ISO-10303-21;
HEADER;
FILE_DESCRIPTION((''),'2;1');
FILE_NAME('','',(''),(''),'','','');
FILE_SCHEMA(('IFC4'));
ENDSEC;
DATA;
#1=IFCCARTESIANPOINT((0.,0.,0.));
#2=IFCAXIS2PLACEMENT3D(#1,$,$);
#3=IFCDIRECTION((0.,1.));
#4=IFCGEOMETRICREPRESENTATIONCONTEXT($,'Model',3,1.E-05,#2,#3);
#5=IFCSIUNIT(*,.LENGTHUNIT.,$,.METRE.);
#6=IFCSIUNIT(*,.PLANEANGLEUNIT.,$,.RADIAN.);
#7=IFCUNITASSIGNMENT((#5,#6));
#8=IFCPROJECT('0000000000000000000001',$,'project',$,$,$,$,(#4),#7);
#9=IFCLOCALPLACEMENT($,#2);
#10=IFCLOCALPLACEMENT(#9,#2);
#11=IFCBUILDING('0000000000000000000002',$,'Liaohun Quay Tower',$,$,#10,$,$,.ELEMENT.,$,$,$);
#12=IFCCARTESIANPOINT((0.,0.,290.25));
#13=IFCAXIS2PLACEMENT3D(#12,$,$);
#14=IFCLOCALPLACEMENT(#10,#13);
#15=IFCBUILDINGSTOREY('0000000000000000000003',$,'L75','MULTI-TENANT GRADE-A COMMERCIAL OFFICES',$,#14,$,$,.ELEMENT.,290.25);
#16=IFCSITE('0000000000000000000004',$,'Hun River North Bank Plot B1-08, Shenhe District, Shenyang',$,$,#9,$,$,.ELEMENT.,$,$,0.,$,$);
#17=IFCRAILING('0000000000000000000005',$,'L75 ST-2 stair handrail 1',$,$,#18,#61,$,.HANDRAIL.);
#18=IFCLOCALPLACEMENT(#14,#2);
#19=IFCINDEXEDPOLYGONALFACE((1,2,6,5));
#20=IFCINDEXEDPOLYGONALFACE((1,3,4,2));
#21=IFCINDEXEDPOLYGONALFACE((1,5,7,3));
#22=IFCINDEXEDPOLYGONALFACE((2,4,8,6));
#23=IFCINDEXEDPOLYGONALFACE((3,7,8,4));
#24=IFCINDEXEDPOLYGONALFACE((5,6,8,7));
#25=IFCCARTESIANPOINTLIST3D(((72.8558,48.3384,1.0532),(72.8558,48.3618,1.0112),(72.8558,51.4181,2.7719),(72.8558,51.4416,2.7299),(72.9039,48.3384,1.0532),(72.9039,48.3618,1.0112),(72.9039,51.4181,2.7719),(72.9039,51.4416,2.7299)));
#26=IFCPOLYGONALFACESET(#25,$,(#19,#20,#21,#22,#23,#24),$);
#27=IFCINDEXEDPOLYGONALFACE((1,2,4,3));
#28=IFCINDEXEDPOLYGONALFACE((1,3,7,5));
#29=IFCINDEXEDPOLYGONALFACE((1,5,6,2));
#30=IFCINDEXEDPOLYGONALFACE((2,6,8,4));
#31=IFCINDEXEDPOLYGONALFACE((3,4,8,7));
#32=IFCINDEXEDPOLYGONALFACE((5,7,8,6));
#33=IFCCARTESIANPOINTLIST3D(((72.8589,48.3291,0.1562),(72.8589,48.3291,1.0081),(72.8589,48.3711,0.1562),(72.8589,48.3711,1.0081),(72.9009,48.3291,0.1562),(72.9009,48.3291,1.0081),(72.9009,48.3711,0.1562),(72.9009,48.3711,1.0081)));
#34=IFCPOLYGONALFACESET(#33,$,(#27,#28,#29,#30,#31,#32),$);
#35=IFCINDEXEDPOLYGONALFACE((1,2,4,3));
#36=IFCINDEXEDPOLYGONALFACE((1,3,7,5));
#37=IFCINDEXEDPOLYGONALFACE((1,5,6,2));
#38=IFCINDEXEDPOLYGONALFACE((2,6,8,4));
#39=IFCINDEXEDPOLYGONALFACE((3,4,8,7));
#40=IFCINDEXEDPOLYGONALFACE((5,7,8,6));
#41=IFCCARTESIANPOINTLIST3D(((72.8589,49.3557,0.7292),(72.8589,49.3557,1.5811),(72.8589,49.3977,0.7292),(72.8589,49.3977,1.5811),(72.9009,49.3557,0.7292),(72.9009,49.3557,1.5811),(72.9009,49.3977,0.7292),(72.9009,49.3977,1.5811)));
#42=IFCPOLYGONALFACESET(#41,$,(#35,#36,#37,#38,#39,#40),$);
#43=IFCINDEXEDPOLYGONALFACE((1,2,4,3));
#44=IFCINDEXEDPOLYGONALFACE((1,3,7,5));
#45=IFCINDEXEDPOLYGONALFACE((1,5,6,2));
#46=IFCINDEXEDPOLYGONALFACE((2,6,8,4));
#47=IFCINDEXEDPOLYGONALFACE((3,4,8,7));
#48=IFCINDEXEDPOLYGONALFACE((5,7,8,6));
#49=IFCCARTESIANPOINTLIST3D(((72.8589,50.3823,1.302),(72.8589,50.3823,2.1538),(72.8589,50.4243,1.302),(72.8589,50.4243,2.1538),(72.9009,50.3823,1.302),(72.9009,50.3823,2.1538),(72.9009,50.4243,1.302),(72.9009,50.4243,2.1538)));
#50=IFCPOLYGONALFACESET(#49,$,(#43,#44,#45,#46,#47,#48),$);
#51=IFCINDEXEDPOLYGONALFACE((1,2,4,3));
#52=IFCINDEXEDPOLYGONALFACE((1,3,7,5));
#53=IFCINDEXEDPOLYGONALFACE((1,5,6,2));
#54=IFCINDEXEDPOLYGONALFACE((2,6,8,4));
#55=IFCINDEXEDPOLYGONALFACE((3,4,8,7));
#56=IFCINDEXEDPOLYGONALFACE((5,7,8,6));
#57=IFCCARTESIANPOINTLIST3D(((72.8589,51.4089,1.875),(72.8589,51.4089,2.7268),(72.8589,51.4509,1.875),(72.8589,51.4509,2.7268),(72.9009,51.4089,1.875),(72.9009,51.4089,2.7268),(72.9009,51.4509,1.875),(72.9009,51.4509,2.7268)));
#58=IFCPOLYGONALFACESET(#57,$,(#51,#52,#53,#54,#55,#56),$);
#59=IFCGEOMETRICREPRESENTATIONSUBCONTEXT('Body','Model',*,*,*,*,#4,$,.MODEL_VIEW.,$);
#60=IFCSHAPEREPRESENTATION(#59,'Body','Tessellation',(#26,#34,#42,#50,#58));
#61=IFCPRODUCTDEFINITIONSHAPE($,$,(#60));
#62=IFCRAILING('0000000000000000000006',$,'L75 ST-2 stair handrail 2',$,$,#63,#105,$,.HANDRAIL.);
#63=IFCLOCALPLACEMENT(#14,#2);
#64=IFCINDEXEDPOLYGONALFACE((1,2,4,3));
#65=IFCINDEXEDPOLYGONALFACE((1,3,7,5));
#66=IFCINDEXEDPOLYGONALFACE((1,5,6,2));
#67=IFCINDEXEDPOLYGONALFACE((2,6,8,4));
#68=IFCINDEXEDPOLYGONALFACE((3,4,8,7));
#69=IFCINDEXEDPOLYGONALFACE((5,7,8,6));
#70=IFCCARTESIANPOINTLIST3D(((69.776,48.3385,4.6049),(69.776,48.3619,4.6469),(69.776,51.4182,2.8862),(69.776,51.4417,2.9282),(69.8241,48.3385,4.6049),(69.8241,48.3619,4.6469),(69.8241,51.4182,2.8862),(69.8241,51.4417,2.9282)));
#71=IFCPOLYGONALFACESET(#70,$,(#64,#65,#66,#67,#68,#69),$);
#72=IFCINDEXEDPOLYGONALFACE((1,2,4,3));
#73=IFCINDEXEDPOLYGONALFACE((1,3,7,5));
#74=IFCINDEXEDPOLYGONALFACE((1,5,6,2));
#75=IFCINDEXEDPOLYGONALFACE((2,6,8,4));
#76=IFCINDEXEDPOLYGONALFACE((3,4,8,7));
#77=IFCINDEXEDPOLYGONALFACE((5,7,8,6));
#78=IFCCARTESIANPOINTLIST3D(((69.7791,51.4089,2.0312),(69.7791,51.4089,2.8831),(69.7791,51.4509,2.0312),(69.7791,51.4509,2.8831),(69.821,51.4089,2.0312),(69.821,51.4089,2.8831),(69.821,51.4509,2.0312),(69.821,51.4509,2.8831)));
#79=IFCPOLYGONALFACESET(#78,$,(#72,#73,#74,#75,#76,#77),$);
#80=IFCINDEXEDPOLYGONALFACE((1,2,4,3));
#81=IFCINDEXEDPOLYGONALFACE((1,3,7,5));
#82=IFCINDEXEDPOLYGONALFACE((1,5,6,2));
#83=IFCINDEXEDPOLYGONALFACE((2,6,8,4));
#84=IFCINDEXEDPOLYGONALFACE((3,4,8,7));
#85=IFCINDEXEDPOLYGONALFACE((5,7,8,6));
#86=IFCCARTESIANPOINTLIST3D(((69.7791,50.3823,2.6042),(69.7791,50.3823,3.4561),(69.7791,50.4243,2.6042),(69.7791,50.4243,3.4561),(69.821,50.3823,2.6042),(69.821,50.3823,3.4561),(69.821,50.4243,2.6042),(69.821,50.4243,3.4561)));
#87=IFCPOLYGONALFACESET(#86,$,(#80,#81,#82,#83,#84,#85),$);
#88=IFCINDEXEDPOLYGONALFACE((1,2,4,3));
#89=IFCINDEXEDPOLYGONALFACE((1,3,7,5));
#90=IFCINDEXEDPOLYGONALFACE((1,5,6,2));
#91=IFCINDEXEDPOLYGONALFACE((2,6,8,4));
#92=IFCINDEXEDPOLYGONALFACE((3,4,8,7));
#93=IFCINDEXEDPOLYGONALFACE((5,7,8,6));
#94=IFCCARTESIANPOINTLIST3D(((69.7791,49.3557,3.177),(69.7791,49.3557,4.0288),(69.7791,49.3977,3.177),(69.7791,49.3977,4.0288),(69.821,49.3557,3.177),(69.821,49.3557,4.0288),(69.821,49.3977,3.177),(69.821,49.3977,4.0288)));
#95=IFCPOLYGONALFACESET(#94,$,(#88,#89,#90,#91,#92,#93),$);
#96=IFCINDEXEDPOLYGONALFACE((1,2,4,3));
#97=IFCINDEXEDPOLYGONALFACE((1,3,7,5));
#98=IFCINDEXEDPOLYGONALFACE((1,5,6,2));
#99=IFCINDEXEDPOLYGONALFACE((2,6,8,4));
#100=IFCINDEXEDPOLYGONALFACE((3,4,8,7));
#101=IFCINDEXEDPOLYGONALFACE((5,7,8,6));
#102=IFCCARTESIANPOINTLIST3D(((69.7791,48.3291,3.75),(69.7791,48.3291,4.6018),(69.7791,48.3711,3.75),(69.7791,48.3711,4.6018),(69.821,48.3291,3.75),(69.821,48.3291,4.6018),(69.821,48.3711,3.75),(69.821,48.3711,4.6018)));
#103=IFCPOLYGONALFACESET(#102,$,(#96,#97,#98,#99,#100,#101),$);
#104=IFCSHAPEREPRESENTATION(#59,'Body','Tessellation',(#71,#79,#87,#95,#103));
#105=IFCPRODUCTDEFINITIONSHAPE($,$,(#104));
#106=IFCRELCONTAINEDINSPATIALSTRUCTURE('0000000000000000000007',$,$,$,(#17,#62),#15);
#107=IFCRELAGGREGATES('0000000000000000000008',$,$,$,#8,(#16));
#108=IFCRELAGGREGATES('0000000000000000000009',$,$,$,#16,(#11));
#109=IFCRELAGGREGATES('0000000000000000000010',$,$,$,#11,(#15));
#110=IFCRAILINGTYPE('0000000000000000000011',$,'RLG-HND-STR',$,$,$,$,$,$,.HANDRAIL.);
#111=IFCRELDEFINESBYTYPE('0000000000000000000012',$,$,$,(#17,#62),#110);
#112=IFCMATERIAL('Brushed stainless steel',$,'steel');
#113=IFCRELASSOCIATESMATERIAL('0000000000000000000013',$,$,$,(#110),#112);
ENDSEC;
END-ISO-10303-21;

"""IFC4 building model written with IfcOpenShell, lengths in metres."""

from ifc_helpers import new_model, si_unit, direction, frame, origin, origin_2d, place, context, subcontext, project, spatial, rectangle, extrude, material, type_object, element, save


model = new_model("IFC4")

# Units and contexts
model_context = context("Model", 3, precision=1e-05, world=origin(), true_north=direction((0.0, 1.0)))
body_context = subcontext(model_context, "Body", "Model", "MODEL_VIEW")
ifc_project = project(units=[si_unit("LENGTHUNIT", "METRE"), si_unit("PLANEANGLEUNIT", "RADIAN")], contexts=[model_context])

# Site, building, storey
site_placement = place(None, origin())
site = spatial("IfcSite", under=ifc_project, at=site_placement, Name="Hun River North Bank Plot B1-08, Shenhe District, Shenyang", CompositionType="ELEMENT", RefElevation=0.0)
building_placement = place(site_placement, origin())
building = spatial("IfcBuilding", under=site, at=building_placement, Name="Liaohun Quay Tower", CompositionType="ELEMENT")
storey_placement = place(building_placement, frame((0.0, 0.0, 290.25)))
storey = spatial("IfcBuildingStorey", under=building, at=storey_placement, Name="L75", Description="MULTI-TENANT GRADE-A COMMERCIAL OFFICES", CompositionType="ELEMENT", Elevation=290.25)

# Railings
ifc_material_1 = material(Name="Brushed stainless steel", Category="steel")
railing_type_1 = type_object("IfcRailingType", Name="RLG-HND-STR", PredefinedType="HANDRAIL", material=ifc_material_1)
railing_1_placement = place(storey_placement, frame((72.8799, 48.3501, 0.1562)))
element("IfcRailing", 1, at=railing_1_placement, inside=storey, type_object=railing_type_1, Name="L75 ST-2 stair handrail 1", PredefinedType="HANDRAIL", context=body_context, shape_type="SweptSolid", body=[
    extrude(rectangle(XDim=0.0481, YDim=0.0481, at=origin_2d()), frame((0.0, 0.0, 0.876), z_axis=(0.0, 0.873225, 0.487317), x_axis=(-1.0, 0.0, 0.0)), (0.0, 0.0, 1.0), 3.5269),
    extrude(rectangle(XDim=0.042, YDim=0.042, at=origin_2d()), origin(), (0.0, 0.0, 1.0), 0.8518),
    extrude(rectangle(XDim=0.042, YDim=0.042, at=origin_2d()), frame((0.0, 1.0266, 0.573)), (0.0, 0.0, 1.0), 0.8518),
    extrude(rectangle(XDim=0.042, YDim=0.042, at=origin_2d()), frame((0.0, 2.0532, 1.1458)), (0.0, 0.0, 1.0), 0.8518),
    extrude(rectangle(XDim=0.042, YDim=0.042, at=origin_2d()), frame((0.0, 3.0798, 1.7188)), (0.0, 0.0, 1.0), 0.8518),
])
railing_2_placement = place(storey_placement, frame((69.8, 51.4299, 2.0312)))
element("IfcRailing", 2, at=railing_2_placement, inside=storey, type_object=railing_type_1, Name="L75 ST-2 stair handrail 2", PredefinedType="HANDRAIL", context=body_context, shape_type="SweptSolid", body=[
    extrude(rectangle(XDim=0.0481, YDim=0.0481, at=origin_2d()), frame((0.0, 0.0, 0.876), z_axis=(0.0, -0.873225, 0.487317), x_axis=(1.0, 0.0, 0.0)), (0.0, 0.0, 1.0), 3.5269),
    extrude(rectangle(XDim=0.042, YDim=0.042, at=origin_2d()), origin(), (0.0, 0.0, 1.0), 0.8518),
    extrude(rectangle(XDim=0.042, YDim=0.042, at=origin_2d()), frame((0.0, -1.0266, 0.573)), (0.0, 0.0, 1.0), 0.8518),
    extrude(rectangle(XDim=0.042, YDim=0.042, at=origin_2d()), frame((0.0, -2.0532, 1.1458)), (0.0, 0.0, 1.0), 0.8518),
    extrude(rectangle(XDim=0.042, YDim=0.042, at=origin_2d()), frame((0.0, -3.0798, 1.7188)), (0.0, 0.0, 1.0), 0.8518),
])

save(model, "model.ifc")
